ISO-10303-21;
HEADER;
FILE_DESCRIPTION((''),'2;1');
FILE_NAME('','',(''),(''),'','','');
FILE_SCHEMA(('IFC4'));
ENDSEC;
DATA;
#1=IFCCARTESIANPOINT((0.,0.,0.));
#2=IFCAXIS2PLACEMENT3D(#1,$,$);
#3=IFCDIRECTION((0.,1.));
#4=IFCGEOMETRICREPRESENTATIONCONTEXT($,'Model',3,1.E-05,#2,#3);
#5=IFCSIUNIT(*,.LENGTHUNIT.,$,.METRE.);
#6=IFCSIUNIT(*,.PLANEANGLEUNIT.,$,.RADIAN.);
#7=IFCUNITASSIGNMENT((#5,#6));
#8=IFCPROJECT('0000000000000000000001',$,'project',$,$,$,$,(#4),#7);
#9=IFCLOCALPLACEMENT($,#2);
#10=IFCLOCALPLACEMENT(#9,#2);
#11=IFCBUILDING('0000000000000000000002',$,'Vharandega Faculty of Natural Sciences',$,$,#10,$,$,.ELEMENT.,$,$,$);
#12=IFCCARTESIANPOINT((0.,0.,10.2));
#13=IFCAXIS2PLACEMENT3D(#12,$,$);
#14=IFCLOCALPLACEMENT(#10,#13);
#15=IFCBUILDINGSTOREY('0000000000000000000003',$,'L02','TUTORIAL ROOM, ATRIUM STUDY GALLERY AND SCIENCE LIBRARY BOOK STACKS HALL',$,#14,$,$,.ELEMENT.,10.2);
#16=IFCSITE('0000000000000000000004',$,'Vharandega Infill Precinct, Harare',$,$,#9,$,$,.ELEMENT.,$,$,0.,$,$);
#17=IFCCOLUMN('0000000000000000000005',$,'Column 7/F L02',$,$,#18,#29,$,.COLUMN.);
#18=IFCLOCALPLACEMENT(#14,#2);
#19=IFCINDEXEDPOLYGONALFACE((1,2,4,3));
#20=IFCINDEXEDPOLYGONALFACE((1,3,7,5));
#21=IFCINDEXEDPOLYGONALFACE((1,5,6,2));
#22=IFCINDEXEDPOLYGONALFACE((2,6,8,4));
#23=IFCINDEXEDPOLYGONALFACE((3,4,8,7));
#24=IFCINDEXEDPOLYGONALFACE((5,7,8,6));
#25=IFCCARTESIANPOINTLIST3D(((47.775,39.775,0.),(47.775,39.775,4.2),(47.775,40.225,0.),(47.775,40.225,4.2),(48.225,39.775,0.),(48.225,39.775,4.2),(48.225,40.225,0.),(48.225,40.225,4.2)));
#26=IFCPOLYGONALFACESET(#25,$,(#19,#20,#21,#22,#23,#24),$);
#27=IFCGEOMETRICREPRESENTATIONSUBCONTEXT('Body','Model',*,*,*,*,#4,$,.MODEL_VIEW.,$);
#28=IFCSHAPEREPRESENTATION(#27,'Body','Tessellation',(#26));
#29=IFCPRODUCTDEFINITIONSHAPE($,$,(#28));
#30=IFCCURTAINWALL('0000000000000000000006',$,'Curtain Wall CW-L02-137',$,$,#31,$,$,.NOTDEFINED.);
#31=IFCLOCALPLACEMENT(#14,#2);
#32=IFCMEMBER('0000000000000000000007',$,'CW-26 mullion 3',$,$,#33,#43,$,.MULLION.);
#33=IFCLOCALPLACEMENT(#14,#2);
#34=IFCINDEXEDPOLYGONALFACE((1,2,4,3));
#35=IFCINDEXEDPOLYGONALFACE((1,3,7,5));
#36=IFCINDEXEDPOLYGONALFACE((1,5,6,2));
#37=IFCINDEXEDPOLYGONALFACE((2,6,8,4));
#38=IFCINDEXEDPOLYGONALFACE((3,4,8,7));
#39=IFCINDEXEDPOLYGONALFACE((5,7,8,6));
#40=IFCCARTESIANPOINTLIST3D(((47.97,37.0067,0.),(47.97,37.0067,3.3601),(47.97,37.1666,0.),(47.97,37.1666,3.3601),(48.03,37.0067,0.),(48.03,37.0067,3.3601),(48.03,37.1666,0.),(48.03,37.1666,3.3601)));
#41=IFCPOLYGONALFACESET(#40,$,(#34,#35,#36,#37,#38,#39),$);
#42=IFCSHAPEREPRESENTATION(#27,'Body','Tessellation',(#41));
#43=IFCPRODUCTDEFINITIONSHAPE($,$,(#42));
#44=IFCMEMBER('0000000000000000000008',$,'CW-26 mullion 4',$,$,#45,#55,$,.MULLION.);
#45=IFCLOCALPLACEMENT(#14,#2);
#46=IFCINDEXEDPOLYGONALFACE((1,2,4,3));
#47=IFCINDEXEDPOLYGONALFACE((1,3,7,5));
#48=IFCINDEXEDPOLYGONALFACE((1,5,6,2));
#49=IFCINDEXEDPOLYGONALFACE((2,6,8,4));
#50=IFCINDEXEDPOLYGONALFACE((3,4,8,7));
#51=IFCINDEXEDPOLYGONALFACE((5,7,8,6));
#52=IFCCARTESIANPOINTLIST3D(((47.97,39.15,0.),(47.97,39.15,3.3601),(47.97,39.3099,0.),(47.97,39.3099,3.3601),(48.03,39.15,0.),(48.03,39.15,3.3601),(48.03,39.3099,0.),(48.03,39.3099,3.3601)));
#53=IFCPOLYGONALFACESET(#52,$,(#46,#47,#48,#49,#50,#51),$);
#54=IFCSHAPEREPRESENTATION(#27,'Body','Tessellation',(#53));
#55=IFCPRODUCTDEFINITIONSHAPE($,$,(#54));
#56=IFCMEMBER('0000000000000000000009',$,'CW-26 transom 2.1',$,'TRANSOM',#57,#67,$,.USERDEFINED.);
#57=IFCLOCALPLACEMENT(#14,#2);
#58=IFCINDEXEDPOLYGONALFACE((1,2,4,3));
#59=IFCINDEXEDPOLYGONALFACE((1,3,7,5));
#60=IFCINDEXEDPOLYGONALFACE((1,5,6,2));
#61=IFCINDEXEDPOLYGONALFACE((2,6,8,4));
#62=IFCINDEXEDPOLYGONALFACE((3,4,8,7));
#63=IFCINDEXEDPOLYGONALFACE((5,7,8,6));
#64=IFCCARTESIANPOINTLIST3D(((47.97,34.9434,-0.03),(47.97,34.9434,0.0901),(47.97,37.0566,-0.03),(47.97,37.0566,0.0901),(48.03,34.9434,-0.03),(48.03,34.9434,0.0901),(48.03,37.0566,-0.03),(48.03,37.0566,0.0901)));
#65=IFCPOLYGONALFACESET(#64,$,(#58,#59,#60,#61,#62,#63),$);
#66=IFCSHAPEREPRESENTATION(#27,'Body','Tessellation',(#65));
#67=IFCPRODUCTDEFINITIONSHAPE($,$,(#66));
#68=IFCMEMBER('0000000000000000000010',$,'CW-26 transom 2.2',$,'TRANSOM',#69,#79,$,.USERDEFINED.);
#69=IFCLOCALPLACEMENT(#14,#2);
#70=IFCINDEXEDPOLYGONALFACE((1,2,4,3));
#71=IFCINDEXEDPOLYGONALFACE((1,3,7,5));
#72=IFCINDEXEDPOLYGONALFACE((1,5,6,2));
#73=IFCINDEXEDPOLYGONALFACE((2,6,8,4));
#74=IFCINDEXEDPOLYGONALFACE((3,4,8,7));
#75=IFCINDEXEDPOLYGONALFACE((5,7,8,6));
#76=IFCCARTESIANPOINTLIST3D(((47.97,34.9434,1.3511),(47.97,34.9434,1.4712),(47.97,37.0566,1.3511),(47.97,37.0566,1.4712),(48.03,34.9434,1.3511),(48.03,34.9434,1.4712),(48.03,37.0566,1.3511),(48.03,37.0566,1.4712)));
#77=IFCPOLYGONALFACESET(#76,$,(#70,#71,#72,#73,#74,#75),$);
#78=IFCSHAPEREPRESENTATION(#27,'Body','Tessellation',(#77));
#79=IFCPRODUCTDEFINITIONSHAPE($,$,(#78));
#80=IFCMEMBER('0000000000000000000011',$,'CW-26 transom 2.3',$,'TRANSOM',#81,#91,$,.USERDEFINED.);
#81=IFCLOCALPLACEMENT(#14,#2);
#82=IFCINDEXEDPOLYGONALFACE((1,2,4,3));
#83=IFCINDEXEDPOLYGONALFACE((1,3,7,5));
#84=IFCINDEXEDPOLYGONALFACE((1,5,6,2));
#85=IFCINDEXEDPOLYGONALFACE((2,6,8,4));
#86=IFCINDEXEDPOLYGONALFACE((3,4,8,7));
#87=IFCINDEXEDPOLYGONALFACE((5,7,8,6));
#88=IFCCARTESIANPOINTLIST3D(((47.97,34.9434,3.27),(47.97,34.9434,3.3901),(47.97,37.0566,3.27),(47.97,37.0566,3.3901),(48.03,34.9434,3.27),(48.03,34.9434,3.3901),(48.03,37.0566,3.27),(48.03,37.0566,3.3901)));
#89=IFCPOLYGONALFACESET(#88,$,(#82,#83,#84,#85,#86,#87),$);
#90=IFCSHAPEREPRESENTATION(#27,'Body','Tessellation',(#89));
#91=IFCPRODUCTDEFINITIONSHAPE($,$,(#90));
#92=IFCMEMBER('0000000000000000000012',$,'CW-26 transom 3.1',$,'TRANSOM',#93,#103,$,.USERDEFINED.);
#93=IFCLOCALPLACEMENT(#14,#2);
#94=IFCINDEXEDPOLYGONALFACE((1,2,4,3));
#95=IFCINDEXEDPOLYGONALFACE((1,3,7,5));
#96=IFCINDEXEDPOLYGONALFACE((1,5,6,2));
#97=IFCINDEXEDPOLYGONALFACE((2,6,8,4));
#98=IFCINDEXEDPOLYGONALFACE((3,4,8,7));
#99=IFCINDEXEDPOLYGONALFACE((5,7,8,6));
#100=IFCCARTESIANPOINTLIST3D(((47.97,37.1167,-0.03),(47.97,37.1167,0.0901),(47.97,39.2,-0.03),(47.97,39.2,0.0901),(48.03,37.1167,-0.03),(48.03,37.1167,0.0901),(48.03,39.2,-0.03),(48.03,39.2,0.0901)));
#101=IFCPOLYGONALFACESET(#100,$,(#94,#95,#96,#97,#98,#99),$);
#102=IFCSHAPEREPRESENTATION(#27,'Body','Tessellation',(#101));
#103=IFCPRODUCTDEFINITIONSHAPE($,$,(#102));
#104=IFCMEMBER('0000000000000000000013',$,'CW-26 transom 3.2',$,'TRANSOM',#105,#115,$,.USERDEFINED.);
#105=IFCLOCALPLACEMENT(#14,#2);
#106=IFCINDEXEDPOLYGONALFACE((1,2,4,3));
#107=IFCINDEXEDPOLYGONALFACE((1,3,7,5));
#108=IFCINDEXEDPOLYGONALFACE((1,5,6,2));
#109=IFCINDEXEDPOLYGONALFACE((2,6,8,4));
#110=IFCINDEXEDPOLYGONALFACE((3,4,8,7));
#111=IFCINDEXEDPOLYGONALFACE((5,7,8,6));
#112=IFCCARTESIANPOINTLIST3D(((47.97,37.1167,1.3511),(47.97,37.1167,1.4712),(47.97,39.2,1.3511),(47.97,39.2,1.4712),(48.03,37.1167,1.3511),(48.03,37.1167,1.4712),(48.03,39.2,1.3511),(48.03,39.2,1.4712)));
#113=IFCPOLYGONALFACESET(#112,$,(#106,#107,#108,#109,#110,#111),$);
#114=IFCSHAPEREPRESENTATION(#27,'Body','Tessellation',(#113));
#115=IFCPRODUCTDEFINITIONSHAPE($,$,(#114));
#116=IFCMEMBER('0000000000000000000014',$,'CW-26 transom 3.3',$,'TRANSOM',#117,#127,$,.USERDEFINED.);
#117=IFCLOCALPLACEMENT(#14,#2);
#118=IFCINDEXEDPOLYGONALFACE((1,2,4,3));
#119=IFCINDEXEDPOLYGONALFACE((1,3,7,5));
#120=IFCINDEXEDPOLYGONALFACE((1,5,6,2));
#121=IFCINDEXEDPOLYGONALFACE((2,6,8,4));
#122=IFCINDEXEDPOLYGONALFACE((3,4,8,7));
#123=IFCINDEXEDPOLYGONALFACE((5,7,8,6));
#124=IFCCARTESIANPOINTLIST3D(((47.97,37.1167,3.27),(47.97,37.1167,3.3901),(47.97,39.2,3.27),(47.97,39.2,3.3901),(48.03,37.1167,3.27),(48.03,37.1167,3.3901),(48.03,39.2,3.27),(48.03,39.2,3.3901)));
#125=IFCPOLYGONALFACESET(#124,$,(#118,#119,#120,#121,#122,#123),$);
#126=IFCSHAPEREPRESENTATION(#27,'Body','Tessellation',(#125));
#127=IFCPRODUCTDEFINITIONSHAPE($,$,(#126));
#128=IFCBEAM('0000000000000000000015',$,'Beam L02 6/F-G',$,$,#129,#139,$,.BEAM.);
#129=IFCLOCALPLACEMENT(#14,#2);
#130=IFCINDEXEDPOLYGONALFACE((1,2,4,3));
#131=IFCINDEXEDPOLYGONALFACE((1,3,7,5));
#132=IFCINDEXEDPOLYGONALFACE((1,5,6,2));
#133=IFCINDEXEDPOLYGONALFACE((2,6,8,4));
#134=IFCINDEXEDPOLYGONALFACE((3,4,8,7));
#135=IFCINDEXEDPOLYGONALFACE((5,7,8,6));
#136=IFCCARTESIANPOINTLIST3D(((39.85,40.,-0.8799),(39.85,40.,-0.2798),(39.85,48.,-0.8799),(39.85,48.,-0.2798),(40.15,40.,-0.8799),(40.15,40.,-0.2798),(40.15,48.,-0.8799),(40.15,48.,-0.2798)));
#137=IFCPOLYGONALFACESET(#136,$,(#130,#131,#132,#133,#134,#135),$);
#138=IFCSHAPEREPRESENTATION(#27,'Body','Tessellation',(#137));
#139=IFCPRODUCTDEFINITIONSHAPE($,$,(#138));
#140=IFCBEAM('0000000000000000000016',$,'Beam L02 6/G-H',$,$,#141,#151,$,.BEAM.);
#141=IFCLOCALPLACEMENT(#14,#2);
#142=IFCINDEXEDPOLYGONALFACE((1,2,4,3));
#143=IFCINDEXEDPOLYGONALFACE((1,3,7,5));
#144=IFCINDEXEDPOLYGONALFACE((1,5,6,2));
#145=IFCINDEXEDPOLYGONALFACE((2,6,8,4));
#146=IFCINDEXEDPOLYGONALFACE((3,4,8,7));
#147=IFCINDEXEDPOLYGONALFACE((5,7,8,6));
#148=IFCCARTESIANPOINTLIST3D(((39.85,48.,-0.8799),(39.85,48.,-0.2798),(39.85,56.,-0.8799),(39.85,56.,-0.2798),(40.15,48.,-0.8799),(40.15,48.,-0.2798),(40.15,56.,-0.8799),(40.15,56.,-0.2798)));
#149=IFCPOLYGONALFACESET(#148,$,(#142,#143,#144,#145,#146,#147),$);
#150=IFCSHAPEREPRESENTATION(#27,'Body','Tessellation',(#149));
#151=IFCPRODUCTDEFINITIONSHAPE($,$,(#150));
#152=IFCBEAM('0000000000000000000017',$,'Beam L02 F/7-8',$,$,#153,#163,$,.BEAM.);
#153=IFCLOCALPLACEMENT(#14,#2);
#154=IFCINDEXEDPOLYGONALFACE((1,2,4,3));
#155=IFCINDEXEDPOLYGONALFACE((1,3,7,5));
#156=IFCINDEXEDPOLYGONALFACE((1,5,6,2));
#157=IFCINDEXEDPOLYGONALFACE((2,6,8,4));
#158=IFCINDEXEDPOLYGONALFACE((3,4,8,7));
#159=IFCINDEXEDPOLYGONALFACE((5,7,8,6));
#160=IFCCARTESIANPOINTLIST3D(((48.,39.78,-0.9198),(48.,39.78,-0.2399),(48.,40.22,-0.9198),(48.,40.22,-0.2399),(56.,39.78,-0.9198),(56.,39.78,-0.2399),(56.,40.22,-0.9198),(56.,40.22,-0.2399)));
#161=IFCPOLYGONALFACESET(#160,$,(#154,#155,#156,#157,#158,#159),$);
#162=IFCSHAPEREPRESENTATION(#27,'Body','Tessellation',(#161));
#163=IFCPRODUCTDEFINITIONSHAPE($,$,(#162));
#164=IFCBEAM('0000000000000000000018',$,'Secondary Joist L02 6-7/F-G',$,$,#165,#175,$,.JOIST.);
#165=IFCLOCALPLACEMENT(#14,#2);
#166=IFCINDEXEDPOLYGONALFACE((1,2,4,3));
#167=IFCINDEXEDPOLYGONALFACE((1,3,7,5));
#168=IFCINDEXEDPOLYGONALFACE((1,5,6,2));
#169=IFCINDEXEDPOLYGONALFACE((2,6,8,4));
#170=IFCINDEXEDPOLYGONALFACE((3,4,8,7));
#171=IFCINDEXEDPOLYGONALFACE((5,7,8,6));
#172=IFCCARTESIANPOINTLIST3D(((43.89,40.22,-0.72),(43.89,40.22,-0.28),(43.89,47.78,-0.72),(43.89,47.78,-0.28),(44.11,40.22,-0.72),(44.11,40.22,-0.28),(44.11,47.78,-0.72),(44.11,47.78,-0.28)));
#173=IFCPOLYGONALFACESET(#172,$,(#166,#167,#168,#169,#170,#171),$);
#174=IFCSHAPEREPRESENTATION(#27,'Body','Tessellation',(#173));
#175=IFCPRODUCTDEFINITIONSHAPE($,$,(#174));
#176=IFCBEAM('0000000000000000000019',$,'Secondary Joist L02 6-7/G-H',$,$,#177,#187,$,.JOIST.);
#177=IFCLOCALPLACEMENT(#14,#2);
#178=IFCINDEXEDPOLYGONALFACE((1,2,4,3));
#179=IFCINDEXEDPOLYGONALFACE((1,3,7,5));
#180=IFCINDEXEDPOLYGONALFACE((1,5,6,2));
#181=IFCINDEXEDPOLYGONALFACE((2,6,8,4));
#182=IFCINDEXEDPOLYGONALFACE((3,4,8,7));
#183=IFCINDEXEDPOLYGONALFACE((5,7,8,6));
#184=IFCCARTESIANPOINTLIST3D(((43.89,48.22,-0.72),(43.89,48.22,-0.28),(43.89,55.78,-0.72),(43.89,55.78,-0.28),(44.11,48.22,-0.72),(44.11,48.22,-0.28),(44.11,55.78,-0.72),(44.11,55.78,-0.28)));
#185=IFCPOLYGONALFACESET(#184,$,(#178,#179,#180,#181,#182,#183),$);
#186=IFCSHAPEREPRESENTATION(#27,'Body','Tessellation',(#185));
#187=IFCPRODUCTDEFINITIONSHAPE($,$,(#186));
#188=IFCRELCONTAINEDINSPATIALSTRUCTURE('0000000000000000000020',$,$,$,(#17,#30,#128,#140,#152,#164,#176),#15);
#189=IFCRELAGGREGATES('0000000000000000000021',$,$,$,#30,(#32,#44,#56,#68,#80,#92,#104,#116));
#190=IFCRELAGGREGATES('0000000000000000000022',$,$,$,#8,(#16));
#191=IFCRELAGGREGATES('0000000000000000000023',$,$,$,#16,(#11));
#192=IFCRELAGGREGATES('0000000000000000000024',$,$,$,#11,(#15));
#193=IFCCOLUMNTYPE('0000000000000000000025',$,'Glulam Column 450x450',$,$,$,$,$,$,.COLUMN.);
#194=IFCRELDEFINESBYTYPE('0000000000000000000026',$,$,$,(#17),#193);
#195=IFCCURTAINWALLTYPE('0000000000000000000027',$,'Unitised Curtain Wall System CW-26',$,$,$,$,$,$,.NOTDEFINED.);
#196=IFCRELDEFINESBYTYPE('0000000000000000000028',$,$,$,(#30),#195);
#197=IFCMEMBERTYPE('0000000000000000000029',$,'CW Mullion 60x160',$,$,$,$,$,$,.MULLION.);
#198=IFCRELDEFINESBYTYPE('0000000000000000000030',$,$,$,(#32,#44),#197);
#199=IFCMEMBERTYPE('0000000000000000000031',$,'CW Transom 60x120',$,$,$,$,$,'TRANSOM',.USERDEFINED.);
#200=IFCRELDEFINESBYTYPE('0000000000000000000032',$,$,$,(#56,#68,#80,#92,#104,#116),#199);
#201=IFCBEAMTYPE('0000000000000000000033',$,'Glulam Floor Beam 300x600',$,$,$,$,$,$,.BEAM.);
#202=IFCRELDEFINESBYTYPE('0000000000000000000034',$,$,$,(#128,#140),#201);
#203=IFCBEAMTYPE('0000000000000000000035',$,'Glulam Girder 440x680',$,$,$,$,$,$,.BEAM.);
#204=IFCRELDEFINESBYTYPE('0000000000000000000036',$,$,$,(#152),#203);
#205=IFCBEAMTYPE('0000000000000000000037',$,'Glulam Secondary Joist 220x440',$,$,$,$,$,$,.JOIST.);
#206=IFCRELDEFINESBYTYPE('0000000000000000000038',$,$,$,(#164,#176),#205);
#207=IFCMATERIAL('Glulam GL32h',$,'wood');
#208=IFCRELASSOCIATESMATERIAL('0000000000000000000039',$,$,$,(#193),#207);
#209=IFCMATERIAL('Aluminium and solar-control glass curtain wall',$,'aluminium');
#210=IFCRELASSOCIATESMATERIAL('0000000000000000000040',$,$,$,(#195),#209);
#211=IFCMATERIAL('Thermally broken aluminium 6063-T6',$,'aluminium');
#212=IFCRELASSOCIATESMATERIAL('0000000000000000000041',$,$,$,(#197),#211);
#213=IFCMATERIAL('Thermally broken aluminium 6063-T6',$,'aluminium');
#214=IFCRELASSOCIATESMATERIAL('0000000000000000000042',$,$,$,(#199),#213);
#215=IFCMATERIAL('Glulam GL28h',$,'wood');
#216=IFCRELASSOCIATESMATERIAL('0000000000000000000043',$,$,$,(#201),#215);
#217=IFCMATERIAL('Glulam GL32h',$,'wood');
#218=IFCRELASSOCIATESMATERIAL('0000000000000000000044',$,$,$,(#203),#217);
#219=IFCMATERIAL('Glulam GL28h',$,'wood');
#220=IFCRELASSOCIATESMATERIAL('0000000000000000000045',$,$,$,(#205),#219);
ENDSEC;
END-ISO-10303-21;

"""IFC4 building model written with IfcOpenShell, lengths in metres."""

from ifc_helpers import new_model, si_unit, direction, frame, origin, origin_2d, place, context, subcontext, project, spatial, rectangle, extrude, material, material_profile, profile_set, type_object, element, aggregate, save


model = new_model("IFC4")

# Units and contexts
model_context = context("Model", 3, precision=1e-05, world=origin(), true_north=direction((0.0, 1.0)))
body_context = subcontext(model_context, "Body", "Model", "MODEL_VIEW")
ifc_project = project(units=[si_unit("LENGTHUNIT", "METRE"), si_unit("PLANEANGLEUNIT", "RADIAN")], contexts=[model_context])

# Site, building, storey
site_placement = place(None, origin())
site = spatial("IfcSite", under=ifc_project, at=site_placement, Name="Vharandega Infill Precinct, Harare", CompositionType="ELEMENT", RefElevation=0.0)
building_placement = place(site_placement, origin())
building = spatial("IfcBuilding", under=site, at=building_placement, Name="Vharandega Faculty of Natural Sciences", CompositionType="ELEMENT")
storey_placement = place(building_placement, frame((0.0, 0.0, 10.2)))
storey = spatial("IfcBuildingStorey", under=building, at=storey_placement, Name="L02", Description="TUTORIAL ROOM, ATRIUM STUDY GALLERY AND SCIENCE LIBRARY BOOK STACKS HALL", CompositionType="ELEMENT", Elevation=10.2)

# Column
ifc_material_1 = material(Name="Glulam GL32h", Category="wood")
ifc_material_profile_1 = material_profile(ifc_material_1, rectangle(XDim=0.45, YDim=0.45, at=origin_2d()), Name="GL32h 450x450")
ifc_profile_set_1 = profile_set([ifc_material_profile_1], Name="Glulam GL32h")
column_type = type_object("IfcColumnType", Name="Glulam Column 450x450", PredefinedType="COLUMN", material=ifc_profile_set_1)
column_placement = place(storey_placement, frame((48.0, 40.0, 0.0), z_axis=(0.0, 0.0, 1.0), x_axis=(1.0, 0.0, 0.0)))
element("IfcColumn", 1, at=column_placement, inside=storey, type_object=column_type, Name="Column 7/F L02", PredefinedType="COLUMN", context=body_context, shape_type="SweptSolid", body=[
    extrude(rectangle(XDim=0.45, YDim=0.45, at=origin_2d()), origin(), (0.0, 0.0, 1.0), 4.2),
])

# Curtain wall, members
ifc_material_2 = material(Name="Aluminium and solar-control glass curtain wall", Category="aluminium")
curtain_wall_type = type_object("IfcCurtainWallType", Name="Unitised Curtain Wall System CW-26", PredefinedType="NOTDEFINED", material=ifc_material_2)
curtain_wall_placement = place(storey_placement, origin())
curtain_wall = element("IfcCurtainWall", 2, at=curtain_wall_placement, inside=storey, type_object=curtain_wall_type, Name="Curtain Wall CW-L02-137", PredefinedType="NOTDEFINED")
ifc_material_3 = material(Name="Thermally broken aluminium 6063-T6", Category="aluminium")
ifc_material_profile_2 = material_profile(ifc_material_3, rectangle(XDim=0.0601, YDim=0.1599, at=origin_2d()), Name="ALU 60x160")
ifc_profile_set_2 = profile_set([ifc_material_profile_2], Name="Thermally broken aluminium 6063-T6")
member_type_1 = type_object("IfcMemberType", Name="CW Mullion 60x160", PredefinedType="MULLION", material=ifc_profile_set_2)
member_1_placement = place(storey_placement, frame((48.0, 37.0867, 0.0), z_axis=(0.0, 0.0, 1.0), x_axis=(-1.0, 0.0, 0.0)))
member_1 = element("IfcMember", 3, at=member_1_placement, type_object=member_type_1, Name="CW-26 mullion 3", PredefinedType="MULLION", context=body_context, shape_type="SweptSolid", body=[
    extrude(rectangle(XDim=0.0601, YDim=0.1599, at=origin_2d()), origin(), (0.0, 0.0, 1.0), 3.3601),
])
member_2_placement = place(storey_placement, frame((48.0, 39.23, 0.0), z_axis=(0.0, 0.0, 1.0), x_axis=(-1.0, 0.0, 0.0)))
member_2 = element("IfcMember", 4, at=member_2_placement, type_object=member_type_1, Name="CW-26 mullion 4", PredefinedType="MULLION", context=body_context, shape_type="SweptSolid", body=[
    extrude(rectangle(XDim=0.0601, YDim=0.1599, at=origin_2d()), origin(), (0.0, 0.0, 1.0), 3.3601),
])
ifc_material_4 = material(Name="Thermally broken aluminium 6063-T6", Category="aluminium")
ifc_material_profile_3 = material_profile(ifc_material_4, rectangle(XDim=0.0601, YDim=0.1201, at=origin_2d()), Name="ALU 60x120")
ifc_profile_set_3 = profile_set([ifc_material_profile_3], Name="Thermally broken aluminium 6063-T6")
member_type_2 = type_object("IfcMemberType", Name="CW Transom 60x120", ElementType="TRANSOM", PredefinedType="USERDEFINED", material=ifc_profile_set_3)
member_3_placement = place(storey_placement, frame((48.0, 34.9434, 0.03), z_axis=(0.0, 1.0, 0.0), x_axis=(-1.0, 0.0, 0.0)))
member_3 = element("IfcMember", 5, at=member_3_placement, type_object=member_type_2, Name="CW-26 transom 2.1", ObjectType="TRANSOM", PredefinedType="USERDEFINED", context=body_context, shape_type="SweptSolid", body=[
    extrude(rectangle(XDim=0.0601, YDim=0.1201, at=origin_2d()), origin(), (0.0, 0.0, 1.0), 2.1133),
])
member_4_placement = place(storey_placement, frame((48.0, 34.9434, 1.4111), z_axis=(0.0, 1.0, 0.0), x_axis=(-1.0, 0.0, 0.0)))
member_4 = element("IfcMember", 6, at=member_4_placement, type_object=member_type_2, Name="CW-26 transom 2.2", ObjectType="TRANSOM", PredefinedType="USERDEFINED", context=body_context, shape_type="SweptSolid", body=[
    extrude(rectangle(XDim=0.0601, YDim=0.1201, at=origin_2d()), origin(), (0.0, 0.0, 1.0), 2.1133),
])
member_5_placement = place(storey_placement, frame((48.0, 34.9434, 3.3301), z_axis=(0.0, 1.0, 0.0), x_axis=(-1.0, 0.0, 0.0)))
member_5 = element("IfcMember", 7, at=member_5_placement, type_object=member_type_2, Name="CW-26 transom 2.3", ObjectType="TRANSOM", PredefinedType="USERDEFINED", context=body_context, shape_type="SweptSolid", body=[
    extrude(rectangle(XDim=0.0601, YDim=0.1201, at=origin_2d()), origin(), (0.0, 0.0, 1.0), 2.1133),
])
member_6_placement = place(storey_placement, frame((48.0, 37.1167, 0.03), z_axis=(0.0, 1.0, 0.0), x_axis=(-1.0, 0.0, 0.0)))
member_6 = element("IfcMember", 8, at=member_6_placement, type_object=member_type_2, Name="CW-26 transom 3.1", ObjectType="TRANSOM", PredefinedType="USERDEFINED", context=body_context, shape_type="SweptSolid", body=[
    extrude(rectangle(XDim=0.0601, YDim=0.1201, at=origin_2d()), origin(), (0.0, 0.0, 1.0), 2.0833),
])
member_7_placement = place(storey_placement, frame((48.0, 37.1167, 1.4111), z_axis=(0.0, 1.0, 0.0), x_axis=(-1.0, 0.0, 0.0)))
member_7 = element("IfcMember", 9, at=member_7_placement, type_object=member_type_2, Name="CW-26 transom 3.2", ObjectType="TRANSOM", PredefinedType="USERDEFINED", context=body_context, shape_type="SweptSolid", body=[
    extrude(rectangle(XDim=0.0601, YDim=0.1201, at=origin_2d()), origin(), (0.0, 0.0, 1.0), 2.0833),
])
member_8_placement = place(storey_placement, frame((48.0, 37.1167, 3.3301), z_axis=(0.0, 1.0, 0.0), x_axis=(-1.0, 0.0, 0.0)))
member_8 = element("IfcMember", 10, at=member_8_placement, type_object=member_type_2, Name="CW-26 transom 3.3", ObjectType="TRANSOM", PredefinedType="USERDEFINED", context=body_context, shape_type="SweptSolid", body=[
    extrude(rectangle(XDim=0.0601, YDim=0.1201, at=origin_2d()), origin(), (0.0, 0.0, 1.0), 2.0833),
])

# Beams
ifc_material_5 = material(Name="Glulam GL28h", Category="wood")
ifc_material_profile_4 = material_profile(ifc_material_5, rectangle(XDim=0.3, YDim=0.6001, at=origin_2d()), Name="GL28h 300x600")
ifc_profile_set_4 = profile_set([ifc_material_profile_4], Name="Glulam GL28h")
beam_type_1 = type_object("IfcBeamType", Name="Glulam Floor Beam 300x600", PredefinedType="BEAM", material=ifc_profile_set_4)
for number, where, z_axis, x_axis, name in (
    (11, (40.0, 40.0, -0.5798), (0.0, 1.0, 0.0), (-1.0, 0.0, 0.0), "Beam L02 6/F-G"),
    (12, (40.0, 48.0, -0.5798), (0.0, 1.0, 0.0), (-1.0, 0.0, 0.0), "Beam L02 6/G-H"),
):
    element("IfcBeam", number, at=place(storey_placement, frame(where, z_axis=z_axis, x_axis=x_axis)), inside=storey, type_object=beam_type_1, Name=name, PredefinedType="BEAM", context=body_context, shape_type="SweptSolid", body=[
        extrude(rectangle(XDim=0.3, YDim=0.6001, at=origin_2d()), origin(), (0.0, 0.0, 1.0), 8.0),
    ])
ifc_material_6 = material(Name="Glulam GL32h", Category="wood")
ifc_material_profile_5 = material_profile(ifc_material_6, rectangle(XDim=0.4399, YDim=0.6799, at=origin_2d()), Name="GL32h 440x680")
ifc_profile_set_5 = profile_set([ifc_material_profile_5], Name="Glulam GL32h")
beam_type_2 = type_object("IfcBeamType", Name="Glulam Girder 440x680", PredefinedType="BEAM", material=ifc_profile_set_5)
beam_placement = place(storey_placement, frame((48.0, 40.0, -0.5798), z_axis=(1.0, 0.0, 0.0), x_axis=(0.0, 1.0, 0.0)))
element("IfcBeam", 13, at=beam_placement, inside=storey, type_object=beam_type_2, Name="Beam L02 F/7-8", PredefinedType="BEAM", context=body_context, shape_type="SweptSolid", body=[
    extrude(rectangle(XDim=0.4399, YDim=0.6799, at=origin_2d()), origin(), (0.0, 0.0, 1.0), 8.0),
])
ifc_material_7 = material(Name="Glulam GL28h", Category="wood")
ifc_material_profile_6 = material_profile(ifc_material_7, rectangle(XDim=0.22, YDim=0.4399, at=origin_2d()), Name="GL28h 220x440")
ifc_profile_set_6 = profile_set([ifc_material_profile_6], Name="Glulam GL28h")
beam_type_3 = type_object("IfcBeamType", Name="Glulam Secondary Joist 220x440", PredefinedType="JOIST", material=ifc_profile_set_6)
for number, where, z_axis, x_axis, name in (
    (14, (44.0, 40.22, -0.5), (0.0, 1.0, 0.0), (-1.0, 0.0, 0.0), "Secondary Joist L02 6-7/F-G"),
    (15, (44.0, 48.22, -0.5), (0.0, 1.0, 0.0), (-1.0, 0.0, 0.0), "Secondary Joist L02 6-7/G-H"),
):
    element("IfcBeam", number, at=place(storey_placement, frame(where, z_axis=z_axis, x_axis=x_axis)), inside=storey, type_object=beam_type_3, Name=name, PredefinedType="JOIST", context=body_context, shape_type="SweptSolid", body=[
        extrude(rectangle(XDim=0.22, YDim=0.4399, at=origin_2d()), origin(), (0.0, 0.0, 1.0), 7.5601),
    ])

aggregate(curtain_wall, [member_1, member_2, member_3, member_4, member_5, member_6, member_7, member_8])

save(model, "model.ifc")
